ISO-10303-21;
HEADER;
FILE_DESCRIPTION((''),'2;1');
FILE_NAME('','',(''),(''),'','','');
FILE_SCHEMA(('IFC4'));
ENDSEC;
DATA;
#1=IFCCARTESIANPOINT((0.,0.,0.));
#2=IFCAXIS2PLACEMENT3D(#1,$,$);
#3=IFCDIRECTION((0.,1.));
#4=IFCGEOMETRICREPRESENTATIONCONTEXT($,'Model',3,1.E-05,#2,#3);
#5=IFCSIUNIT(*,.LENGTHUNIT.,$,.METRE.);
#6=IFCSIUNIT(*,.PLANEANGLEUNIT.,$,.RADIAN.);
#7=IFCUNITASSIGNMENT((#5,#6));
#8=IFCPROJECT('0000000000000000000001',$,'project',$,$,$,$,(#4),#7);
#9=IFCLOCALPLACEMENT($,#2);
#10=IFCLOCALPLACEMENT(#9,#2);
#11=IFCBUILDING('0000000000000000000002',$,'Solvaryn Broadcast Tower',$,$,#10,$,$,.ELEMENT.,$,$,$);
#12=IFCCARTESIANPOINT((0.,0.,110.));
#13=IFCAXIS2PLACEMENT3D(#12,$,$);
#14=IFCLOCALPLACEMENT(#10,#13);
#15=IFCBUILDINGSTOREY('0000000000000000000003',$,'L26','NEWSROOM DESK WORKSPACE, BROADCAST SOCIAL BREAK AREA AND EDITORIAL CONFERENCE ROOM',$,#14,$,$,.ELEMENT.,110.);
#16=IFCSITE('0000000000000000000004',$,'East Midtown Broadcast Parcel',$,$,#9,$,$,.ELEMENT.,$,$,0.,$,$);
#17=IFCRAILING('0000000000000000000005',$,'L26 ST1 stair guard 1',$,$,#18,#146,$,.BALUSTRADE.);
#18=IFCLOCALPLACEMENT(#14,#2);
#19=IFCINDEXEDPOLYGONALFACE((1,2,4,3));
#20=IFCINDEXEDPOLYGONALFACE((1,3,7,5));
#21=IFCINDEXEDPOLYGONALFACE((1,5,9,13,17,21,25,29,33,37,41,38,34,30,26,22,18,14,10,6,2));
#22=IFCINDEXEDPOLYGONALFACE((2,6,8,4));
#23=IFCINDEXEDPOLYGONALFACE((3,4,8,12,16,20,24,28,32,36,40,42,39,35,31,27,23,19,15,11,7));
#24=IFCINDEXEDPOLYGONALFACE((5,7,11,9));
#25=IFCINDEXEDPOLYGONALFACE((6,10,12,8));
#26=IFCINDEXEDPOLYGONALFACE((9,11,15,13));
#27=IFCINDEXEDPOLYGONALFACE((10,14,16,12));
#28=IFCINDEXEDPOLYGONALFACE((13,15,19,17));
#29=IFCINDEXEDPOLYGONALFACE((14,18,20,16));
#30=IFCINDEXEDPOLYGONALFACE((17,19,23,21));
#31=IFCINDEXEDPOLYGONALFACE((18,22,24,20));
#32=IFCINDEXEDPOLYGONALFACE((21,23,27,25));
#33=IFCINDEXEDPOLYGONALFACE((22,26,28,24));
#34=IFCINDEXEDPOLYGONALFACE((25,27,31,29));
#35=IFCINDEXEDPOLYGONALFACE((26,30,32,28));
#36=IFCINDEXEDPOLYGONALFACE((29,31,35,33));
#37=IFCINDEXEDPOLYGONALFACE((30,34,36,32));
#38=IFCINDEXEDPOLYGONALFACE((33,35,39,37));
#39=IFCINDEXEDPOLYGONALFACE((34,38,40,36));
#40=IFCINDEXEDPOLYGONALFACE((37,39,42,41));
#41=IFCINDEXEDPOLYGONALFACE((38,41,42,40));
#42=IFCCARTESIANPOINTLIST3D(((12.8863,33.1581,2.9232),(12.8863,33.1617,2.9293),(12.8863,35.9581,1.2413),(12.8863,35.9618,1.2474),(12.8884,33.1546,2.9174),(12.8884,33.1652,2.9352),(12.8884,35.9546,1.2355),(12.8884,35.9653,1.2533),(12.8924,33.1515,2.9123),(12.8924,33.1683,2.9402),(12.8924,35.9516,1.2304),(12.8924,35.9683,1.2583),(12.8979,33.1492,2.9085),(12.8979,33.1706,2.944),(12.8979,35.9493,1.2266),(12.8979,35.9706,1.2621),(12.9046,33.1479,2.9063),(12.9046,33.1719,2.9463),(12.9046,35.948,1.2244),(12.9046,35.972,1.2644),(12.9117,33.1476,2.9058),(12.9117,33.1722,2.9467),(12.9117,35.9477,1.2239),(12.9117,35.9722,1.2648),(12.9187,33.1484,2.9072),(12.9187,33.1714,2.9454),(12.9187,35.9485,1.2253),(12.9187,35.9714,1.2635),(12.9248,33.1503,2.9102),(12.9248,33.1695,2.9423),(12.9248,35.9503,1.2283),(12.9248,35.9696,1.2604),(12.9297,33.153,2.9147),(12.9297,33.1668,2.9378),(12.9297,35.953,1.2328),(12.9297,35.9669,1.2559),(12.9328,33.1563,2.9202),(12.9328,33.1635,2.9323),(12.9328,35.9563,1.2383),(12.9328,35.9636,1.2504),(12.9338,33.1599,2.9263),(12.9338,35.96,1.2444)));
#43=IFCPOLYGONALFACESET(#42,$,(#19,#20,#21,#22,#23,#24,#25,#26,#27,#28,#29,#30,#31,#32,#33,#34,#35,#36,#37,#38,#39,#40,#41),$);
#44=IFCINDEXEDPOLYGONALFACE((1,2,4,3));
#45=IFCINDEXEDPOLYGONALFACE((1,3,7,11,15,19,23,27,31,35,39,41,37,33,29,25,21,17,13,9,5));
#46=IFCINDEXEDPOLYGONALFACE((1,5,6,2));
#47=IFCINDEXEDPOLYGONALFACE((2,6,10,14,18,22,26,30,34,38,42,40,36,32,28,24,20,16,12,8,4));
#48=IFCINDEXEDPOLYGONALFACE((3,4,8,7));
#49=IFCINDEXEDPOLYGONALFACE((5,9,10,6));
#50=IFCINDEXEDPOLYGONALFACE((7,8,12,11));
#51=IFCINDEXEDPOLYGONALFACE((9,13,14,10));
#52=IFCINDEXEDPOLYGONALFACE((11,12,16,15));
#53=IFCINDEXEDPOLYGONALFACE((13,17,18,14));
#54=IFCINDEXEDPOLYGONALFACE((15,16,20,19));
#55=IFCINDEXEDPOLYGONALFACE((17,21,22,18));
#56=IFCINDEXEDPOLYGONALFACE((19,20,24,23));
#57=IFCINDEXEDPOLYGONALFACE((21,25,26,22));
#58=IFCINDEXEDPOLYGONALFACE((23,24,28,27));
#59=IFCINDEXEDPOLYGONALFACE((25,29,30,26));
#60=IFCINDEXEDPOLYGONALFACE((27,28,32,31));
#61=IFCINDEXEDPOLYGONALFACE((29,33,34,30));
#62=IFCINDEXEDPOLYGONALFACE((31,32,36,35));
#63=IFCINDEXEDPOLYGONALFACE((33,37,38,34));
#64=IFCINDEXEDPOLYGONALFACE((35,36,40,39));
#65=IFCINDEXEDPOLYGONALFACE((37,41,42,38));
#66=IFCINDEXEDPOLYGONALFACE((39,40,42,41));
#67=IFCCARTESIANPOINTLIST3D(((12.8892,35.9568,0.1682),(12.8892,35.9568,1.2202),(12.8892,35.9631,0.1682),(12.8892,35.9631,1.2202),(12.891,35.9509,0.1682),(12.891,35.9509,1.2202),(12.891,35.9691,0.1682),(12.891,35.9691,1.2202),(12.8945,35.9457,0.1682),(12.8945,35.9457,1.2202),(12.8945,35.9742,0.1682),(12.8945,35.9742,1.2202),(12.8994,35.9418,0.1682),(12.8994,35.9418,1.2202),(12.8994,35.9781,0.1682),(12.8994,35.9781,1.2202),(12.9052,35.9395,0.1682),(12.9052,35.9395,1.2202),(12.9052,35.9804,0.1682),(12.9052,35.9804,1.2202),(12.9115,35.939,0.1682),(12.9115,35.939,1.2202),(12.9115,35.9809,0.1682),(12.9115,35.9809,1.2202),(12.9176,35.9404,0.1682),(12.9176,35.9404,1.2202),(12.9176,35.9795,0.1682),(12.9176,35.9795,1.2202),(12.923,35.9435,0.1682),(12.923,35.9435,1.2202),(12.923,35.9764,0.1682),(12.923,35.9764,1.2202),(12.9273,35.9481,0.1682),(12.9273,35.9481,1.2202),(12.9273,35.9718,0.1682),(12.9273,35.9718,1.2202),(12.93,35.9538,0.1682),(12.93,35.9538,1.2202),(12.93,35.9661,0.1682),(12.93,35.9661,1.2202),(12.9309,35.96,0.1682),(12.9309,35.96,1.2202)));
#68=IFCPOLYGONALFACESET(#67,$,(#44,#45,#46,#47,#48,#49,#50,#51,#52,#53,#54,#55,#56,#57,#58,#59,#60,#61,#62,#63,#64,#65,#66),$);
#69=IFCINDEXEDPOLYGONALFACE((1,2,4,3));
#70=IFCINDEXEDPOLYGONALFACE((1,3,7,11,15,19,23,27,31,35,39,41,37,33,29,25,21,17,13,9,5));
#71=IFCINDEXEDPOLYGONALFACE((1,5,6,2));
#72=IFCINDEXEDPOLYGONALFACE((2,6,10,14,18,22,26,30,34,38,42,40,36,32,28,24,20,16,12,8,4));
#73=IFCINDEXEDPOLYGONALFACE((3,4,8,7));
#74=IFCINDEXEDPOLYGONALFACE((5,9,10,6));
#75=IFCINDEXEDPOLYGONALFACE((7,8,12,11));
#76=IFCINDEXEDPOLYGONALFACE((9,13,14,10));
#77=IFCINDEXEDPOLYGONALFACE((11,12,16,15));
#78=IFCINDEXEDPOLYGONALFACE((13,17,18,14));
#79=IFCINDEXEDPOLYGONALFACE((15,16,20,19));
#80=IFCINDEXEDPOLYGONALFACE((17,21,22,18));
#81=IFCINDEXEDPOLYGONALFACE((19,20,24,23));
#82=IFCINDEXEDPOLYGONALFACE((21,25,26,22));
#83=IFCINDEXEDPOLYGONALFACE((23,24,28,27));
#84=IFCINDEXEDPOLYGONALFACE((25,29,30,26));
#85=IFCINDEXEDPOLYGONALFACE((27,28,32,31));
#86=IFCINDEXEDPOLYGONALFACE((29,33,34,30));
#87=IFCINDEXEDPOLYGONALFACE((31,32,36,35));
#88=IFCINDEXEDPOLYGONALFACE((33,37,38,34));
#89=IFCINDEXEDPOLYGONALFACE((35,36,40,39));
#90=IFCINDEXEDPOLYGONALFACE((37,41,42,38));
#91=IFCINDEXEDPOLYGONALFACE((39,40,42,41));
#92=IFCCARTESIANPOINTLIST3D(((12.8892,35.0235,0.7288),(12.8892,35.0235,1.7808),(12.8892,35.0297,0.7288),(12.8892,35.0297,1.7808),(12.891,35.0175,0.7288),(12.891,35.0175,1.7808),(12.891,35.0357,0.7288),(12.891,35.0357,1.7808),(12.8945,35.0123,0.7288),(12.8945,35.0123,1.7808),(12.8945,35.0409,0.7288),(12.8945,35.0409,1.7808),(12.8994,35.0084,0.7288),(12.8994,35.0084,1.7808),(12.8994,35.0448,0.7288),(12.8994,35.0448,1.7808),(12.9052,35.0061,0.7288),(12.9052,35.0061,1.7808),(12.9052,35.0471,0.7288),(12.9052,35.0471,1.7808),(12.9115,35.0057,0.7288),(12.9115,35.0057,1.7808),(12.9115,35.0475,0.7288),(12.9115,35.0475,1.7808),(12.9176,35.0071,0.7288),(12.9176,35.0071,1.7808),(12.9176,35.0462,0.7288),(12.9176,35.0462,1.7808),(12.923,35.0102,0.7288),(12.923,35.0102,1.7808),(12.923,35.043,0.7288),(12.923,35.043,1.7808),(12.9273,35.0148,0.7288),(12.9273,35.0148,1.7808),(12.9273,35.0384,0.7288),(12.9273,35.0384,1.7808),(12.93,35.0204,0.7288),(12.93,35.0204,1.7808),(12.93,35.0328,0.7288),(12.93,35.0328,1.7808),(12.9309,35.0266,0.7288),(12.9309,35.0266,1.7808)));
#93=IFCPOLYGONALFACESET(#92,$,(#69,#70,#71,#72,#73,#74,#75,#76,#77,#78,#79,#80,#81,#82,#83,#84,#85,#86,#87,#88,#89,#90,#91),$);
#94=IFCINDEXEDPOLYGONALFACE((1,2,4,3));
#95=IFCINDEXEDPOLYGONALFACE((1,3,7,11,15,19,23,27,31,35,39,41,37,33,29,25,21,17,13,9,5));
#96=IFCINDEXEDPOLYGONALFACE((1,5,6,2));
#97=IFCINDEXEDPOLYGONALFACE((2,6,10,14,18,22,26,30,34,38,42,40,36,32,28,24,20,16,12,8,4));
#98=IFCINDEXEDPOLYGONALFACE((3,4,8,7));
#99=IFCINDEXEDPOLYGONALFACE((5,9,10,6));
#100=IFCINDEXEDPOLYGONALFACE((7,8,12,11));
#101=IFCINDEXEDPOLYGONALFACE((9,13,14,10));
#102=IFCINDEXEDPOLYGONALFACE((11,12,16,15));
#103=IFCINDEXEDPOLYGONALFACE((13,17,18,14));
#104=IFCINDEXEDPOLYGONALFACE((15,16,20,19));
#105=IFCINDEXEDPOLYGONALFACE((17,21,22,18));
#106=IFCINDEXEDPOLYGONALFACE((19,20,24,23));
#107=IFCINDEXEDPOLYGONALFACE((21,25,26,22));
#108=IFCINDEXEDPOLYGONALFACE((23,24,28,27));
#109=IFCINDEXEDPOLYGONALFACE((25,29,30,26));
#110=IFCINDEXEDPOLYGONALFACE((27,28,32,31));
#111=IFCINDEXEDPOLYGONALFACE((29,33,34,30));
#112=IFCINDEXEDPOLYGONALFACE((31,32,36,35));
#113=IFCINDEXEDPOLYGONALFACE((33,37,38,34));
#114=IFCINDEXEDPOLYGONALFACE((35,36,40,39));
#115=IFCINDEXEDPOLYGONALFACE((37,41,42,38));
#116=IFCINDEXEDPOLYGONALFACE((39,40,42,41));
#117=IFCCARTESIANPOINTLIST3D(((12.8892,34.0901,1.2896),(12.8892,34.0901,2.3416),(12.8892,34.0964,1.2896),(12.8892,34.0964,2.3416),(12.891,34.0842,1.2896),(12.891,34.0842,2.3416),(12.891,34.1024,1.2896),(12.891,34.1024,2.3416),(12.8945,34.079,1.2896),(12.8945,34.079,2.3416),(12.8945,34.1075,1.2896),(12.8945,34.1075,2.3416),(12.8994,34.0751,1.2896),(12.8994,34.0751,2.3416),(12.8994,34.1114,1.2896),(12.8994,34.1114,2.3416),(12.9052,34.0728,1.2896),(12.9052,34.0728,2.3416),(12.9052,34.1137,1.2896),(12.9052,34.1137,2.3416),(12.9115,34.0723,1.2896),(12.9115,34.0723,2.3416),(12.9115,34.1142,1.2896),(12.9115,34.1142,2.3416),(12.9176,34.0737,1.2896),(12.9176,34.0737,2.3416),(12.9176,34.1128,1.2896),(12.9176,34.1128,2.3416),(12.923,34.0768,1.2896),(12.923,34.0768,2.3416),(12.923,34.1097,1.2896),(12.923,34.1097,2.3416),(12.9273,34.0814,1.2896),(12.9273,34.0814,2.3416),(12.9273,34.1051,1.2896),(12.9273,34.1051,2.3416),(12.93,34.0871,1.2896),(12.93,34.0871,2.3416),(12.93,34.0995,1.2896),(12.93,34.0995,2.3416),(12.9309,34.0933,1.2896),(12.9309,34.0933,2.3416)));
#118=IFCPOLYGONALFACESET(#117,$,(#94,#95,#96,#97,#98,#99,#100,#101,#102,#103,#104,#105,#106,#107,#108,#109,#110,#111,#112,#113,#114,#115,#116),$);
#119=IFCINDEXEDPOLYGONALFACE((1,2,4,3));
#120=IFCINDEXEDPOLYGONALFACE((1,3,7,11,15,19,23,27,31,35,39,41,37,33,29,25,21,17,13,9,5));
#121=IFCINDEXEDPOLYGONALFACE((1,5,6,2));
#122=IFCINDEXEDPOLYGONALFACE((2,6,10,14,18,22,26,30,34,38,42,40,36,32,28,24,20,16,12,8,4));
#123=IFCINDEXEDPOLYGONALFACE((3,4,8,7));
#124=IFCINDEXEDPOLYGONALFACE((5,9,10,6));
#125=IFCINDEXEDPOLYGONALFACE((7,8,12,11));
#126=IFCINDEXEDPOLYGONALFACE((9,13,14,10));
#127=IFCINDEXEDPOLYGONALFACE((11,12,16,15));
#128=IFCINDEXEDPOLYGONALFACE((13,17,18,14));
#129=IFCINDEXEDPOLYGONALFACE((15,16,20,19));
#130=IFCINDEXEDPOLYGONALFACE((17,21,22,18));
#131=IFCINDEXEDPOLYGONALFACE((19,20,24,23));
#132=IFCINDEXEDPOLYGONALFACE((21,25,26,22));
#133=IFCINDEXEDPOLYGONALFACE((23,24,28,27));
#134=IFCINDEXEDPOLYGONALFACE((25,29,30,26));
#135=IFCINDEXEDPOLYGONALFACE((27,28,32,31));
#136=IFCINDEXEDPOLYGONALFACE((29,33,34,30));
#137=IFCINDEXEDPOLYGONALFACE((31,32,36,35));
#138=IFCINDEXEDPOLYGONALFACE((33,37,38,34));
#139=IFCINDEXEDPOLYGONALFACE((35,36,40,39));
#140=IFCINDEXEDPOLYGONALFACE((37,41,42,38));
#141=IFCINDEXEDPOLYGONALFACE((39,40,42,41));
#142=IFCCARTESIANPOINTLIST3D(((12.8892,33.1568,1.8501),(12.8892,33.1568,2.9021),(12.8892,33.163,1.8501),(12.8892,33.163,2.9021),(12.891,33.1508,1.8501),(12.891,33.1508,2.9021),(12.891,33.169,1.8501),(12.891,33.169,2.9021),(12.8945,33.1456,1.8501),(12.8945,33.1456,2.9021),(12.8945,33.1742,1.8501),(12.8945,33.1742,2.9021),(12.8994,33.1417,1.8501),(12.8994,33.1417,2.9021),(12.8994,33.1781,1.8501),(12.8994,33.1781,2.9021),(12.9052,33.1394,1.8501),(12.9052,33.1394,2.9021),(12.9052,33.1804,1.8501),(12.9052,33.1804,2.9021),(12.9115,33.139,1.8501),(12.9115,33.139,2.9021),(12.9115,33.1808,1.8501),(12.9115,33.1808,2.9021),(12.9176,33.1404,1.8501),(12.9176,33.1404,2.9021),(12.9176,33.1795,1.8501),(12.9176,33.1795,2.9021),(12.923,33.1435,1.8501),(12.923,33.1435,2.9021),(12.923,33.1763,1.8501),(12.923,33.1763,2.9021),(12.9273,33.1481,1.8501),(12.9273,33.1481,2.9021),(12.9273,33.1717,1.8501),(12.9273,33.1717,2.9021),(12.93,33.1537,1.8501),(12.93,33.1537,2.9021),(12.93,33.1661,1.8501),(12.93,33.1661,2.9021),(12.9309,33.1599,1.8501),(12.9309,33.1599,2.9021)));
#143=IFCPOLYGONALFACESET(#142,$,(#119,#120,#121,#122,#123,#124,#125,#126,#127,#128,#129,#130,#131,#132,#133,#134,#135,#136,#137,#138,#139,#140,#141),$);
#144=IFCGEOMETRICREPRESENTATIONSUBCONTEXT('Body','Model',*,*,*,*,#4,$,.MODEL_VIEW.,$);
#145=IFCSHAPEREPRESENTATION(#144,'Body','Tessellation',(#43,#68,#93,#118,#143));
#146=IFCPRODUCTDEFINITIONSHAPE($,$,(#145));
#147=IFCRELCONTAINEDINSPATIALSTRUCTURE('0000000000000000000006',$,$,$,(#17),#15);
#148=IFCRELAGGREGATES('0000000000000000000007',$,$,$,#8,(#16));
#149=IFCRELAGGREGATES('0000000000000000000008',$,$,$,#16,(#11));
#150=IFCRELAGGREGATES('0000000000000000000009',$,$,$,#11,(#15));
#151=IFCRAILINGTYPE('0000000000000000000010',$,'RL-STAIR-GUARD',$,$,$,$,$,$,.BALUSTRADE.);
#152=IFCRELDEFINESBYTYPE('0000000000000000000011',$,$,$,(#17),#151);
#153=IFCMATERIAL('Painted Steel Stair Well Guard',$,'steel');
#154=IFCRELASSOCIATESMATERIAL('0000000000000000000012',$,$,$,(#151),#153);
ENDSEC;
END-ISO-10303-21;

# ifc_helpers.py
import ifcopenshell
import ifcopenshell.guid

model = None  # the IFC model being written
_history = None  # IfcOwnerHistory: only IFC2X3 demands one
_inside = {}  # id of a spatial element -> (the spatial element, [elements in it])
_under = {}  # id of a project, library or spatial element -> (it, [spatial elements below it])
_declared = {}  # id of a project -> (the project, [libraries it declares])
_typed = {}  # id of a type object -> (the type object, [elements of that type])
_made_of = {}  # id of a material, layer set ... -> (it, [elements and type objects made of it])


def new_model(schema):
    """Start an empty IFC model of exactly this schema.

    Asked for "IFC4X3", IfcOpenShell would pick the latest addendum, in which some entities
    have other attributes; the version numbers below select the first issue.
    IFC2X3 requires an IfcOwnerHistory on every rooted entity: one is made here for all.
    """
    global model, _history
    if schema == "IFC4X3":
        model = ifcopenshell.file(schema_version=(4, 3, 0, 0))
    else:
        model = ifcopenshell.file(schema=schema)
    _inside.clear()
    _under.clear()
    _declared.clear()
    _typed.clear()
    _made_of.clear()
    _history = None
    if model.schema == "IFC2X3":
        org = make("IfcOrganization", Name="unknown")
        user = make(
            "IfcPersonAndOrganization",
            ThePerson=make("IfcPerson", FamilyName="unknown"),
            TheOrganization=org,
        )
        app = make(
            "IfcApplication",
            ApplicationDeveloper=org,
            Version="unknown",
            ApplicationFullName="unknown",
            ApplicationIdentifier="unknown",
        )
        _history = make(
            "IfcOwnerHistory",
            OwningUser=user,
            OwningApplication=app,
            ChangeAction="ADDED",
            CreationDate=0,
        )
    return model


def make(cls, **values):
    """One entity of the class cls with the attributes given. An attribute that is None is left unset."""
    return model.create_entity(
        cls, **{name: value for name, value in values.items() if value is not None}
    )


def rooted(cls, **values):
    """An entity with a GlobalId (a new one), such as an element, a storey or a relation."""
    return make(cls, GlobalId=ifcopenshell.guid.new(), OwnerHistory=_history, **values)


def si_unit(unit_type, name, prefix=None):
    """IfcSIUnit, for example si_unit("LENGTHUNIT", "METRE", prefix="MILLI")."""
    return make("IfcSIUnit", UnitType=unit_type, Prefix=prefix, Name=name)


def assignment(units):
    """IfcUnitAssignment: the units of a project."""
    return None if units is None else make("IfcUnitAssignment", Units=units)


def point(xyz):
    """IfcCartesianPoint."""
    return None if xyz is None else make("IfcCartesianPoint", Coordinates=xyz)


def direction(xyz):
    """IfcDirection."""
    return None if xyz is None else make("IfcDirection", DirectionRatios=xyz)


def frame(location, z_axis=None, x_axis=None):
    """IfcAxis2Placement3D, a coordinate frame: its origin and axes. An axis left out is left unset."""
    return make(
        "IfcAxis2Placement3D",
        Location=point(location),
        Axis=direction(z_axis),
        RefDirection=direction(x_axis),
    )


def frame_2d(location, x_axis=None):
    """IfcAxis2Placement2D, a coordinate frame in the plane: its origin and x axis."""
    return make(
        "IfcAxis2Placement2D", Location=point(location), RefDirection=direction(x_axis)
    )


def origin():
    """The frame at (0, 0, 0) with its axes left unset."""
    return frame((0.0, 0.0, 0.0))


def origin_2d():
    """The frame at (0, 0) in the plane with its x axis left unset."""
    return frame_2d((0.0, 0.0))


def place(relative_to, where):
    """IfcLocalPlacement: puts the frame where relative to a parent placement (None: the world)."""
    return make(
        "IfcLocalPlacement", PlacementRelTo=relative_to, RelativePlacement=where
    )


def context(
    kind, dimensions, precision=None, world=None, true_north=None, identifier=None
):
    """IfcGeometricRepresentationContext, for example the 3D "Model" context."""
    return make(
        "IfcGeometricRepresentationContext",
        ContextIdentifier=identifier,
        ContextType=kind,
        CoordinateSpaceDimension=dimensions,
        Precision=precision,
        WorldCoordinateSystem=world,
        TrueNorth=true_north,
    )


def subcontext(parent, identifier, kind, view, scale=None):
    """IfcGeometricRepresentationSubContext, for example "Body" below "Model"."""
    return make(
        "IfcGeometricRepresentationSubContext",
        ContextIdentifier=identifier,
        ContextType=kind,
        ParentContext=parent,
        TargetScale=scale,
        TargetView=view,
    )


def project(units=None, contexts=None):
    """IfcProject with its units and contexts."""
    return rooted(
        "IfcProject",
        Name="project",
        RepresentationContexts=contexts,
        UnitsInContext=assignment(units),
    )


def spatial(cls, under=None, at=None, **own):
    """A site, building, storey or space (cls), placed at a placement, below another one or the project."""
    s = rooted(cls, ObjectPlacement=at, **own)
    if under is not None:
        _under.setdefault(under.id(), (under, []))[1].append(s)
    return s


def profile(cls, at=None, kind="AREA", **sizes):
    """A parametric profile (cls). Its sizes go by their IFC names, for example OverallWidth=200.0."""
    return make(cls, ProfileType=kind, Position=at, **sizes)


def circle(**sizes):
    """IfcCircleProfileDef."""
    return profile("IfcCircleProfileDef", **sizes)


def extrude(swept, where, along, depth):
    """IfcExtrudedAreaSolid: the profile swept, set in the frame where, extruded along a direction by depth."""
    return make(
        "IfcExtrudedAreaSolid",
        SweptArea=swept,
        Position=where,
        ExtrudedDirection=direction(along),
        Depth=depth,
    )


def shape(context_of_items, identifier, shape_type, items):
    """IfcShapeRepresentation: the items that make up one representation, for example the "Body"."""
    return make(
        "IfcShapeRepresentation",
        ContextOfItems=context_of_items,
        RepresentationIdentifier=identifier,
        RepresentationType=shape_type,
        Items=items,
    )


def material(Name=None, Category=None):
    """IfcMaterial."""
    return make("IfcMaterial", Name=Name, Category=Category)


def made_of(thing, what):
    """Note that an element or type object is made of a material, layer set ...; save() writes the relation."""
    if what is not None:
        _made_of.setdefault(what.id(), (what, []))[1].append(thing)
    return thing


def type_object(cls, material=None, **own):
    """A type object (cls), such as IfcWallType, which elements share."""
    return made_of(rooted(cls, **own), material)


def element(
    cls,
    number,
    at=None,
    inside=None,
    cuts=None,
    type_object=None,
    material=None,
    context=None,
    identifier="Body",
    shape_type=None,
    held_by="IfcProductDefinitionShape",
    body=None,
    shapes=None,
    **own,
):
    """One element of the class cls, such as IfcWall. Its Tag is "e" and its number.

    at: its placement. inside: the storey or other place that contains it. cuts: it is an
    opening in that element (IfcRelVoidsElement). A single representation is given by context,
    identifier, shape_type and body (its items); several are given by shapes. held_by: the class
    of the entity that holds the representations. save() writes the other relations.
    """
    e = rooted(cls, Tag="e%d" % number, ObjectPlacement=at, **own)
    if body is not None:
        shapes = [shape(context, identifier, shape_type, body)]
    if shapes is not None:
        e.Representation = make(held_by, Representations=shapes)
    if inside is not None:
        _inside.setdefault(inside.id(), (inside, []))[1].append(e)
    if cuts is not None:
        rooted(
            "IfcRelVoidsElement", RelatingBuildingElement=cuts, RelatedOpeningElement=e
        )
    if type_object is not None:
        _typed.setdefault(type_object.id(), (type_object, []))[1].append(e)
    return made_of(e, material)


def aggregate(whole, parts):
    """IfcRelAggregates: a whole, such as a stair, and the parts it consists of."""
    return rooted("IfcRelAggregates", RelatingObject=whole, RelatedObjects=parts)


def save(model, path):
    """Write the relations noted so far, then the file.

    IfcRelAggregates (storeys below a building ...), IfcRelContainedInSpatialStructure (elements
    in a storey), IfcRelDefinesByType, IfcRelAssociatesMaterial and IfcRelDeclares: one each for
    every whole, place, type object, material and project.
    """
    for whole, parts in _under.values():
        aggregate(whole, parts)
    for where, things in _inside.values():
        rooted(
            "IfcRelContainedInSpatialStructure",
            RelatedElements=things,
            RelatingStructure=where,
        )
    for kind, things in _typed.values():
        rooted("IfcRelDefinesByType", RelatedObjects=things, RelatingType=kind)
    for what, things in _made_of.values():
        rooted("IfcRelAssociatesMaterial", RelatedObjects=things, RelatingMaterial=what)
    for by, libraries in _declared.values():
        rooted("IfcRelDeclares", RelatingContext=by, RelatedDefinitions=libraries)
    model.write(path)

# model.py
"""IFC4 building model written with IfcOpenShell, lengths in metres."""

from ifc_helpers import new_model, si_unit, direction, frame, origin, origin_2d, place, context, subcontext, project, spatial, circle, extrude, material, type_object, element, save


model = new_model("IFC4")

# Units and contexts
model_context = context("Model", 3, precision=1e-05, world=origin(), true_north=direction((0.0, 1.0)))
body_context = subcontext(model_context, "Body", "Model", "MODEL_VIEW")
ifc_project = project(units=[si_unit("LENGTHUNIT", "METRE"), si_unit("PLANEANGLEUNIT", "RADIAN")], contexts=[model_context])

# Site, building, storey
site_placement = place(None, origin())
site = spatial("IfcSite", under=ifc_project, at=site_placement, Name="East Midtown Broadcast Parcel", CompositionType="ELEMENT", RefElevation=0.0)
building_placement = place(site_placement, origin())
building = spatial("IfcBuilding", under=site, at=building_placement, Name="Solvaryn Broadcast Tower", CompositionType="ELEMENT")
storey_placement = place(building_placement, frame((0.0, 0.0, 110.0)))
storey = spatial("IfcBuildingStorey", under=building, at=storey_placement, Name="L26", Description="NEWSROOM DESK WORKSPACE, BROADCAST SOCIAL BREAK AREA AND EDITORIAL CONFERENCE ROOM", CompositionType="ELEMENT", Elevation=110.0)

# Railing
ifc_material_1 = material(Name="Painted Steel Stair Well Guard", Category="steel")
railing_type_1 = type_object("IfcRailingType", Name="RL-STAIR-GUARD", PredefinedType="BALUSTRADE", material=ifc_material_1)
railing_1_placement = place(storey_placement, frame((12.9099, 35.96, 0.1682)))
element("IfcRailing", 1, at=railing_1_placement, inside=storey, type_object=railing_type_1, Name="L26 ST1 stair guard 1", PredefinedType="BALUSTRADE", context=body_context, shape_type="SweptSolid", body=[
    extrude(circle(Radius=0.0239, at=origin_2d()), frame((0.0, 0.0, 1.0762), z_axis=(0.0, -0.857242, 0.514913), x_axis=(1.0, 0.0, 0.0)), (0.0, 0.0, 1.0), 3.2664),
    extrude(circle(Radius=0.021, at=origin_2d()), origin(), (0.0, 0.0, 1.0), 1.052),
    extrude(circle(Radius=0.021, at=origin_2d()), frame((0.0, -0.9333, 0.5605)), (0.0, 0.0, 1.0), 1.052),
    extrude(circle(Radius=0.021, at=origin_2d()), frame((0.0, -1.8667, 1.1213)), (0.0, 0.0, 1.0), 1.052),
    extrude(circle(Radius=0.021, at=origin_2d()), frame((0.0, -2.8, 1.6819)), (0.0, 0.0, 1.0), 1.052),
])

save(model, "model.ifc")
